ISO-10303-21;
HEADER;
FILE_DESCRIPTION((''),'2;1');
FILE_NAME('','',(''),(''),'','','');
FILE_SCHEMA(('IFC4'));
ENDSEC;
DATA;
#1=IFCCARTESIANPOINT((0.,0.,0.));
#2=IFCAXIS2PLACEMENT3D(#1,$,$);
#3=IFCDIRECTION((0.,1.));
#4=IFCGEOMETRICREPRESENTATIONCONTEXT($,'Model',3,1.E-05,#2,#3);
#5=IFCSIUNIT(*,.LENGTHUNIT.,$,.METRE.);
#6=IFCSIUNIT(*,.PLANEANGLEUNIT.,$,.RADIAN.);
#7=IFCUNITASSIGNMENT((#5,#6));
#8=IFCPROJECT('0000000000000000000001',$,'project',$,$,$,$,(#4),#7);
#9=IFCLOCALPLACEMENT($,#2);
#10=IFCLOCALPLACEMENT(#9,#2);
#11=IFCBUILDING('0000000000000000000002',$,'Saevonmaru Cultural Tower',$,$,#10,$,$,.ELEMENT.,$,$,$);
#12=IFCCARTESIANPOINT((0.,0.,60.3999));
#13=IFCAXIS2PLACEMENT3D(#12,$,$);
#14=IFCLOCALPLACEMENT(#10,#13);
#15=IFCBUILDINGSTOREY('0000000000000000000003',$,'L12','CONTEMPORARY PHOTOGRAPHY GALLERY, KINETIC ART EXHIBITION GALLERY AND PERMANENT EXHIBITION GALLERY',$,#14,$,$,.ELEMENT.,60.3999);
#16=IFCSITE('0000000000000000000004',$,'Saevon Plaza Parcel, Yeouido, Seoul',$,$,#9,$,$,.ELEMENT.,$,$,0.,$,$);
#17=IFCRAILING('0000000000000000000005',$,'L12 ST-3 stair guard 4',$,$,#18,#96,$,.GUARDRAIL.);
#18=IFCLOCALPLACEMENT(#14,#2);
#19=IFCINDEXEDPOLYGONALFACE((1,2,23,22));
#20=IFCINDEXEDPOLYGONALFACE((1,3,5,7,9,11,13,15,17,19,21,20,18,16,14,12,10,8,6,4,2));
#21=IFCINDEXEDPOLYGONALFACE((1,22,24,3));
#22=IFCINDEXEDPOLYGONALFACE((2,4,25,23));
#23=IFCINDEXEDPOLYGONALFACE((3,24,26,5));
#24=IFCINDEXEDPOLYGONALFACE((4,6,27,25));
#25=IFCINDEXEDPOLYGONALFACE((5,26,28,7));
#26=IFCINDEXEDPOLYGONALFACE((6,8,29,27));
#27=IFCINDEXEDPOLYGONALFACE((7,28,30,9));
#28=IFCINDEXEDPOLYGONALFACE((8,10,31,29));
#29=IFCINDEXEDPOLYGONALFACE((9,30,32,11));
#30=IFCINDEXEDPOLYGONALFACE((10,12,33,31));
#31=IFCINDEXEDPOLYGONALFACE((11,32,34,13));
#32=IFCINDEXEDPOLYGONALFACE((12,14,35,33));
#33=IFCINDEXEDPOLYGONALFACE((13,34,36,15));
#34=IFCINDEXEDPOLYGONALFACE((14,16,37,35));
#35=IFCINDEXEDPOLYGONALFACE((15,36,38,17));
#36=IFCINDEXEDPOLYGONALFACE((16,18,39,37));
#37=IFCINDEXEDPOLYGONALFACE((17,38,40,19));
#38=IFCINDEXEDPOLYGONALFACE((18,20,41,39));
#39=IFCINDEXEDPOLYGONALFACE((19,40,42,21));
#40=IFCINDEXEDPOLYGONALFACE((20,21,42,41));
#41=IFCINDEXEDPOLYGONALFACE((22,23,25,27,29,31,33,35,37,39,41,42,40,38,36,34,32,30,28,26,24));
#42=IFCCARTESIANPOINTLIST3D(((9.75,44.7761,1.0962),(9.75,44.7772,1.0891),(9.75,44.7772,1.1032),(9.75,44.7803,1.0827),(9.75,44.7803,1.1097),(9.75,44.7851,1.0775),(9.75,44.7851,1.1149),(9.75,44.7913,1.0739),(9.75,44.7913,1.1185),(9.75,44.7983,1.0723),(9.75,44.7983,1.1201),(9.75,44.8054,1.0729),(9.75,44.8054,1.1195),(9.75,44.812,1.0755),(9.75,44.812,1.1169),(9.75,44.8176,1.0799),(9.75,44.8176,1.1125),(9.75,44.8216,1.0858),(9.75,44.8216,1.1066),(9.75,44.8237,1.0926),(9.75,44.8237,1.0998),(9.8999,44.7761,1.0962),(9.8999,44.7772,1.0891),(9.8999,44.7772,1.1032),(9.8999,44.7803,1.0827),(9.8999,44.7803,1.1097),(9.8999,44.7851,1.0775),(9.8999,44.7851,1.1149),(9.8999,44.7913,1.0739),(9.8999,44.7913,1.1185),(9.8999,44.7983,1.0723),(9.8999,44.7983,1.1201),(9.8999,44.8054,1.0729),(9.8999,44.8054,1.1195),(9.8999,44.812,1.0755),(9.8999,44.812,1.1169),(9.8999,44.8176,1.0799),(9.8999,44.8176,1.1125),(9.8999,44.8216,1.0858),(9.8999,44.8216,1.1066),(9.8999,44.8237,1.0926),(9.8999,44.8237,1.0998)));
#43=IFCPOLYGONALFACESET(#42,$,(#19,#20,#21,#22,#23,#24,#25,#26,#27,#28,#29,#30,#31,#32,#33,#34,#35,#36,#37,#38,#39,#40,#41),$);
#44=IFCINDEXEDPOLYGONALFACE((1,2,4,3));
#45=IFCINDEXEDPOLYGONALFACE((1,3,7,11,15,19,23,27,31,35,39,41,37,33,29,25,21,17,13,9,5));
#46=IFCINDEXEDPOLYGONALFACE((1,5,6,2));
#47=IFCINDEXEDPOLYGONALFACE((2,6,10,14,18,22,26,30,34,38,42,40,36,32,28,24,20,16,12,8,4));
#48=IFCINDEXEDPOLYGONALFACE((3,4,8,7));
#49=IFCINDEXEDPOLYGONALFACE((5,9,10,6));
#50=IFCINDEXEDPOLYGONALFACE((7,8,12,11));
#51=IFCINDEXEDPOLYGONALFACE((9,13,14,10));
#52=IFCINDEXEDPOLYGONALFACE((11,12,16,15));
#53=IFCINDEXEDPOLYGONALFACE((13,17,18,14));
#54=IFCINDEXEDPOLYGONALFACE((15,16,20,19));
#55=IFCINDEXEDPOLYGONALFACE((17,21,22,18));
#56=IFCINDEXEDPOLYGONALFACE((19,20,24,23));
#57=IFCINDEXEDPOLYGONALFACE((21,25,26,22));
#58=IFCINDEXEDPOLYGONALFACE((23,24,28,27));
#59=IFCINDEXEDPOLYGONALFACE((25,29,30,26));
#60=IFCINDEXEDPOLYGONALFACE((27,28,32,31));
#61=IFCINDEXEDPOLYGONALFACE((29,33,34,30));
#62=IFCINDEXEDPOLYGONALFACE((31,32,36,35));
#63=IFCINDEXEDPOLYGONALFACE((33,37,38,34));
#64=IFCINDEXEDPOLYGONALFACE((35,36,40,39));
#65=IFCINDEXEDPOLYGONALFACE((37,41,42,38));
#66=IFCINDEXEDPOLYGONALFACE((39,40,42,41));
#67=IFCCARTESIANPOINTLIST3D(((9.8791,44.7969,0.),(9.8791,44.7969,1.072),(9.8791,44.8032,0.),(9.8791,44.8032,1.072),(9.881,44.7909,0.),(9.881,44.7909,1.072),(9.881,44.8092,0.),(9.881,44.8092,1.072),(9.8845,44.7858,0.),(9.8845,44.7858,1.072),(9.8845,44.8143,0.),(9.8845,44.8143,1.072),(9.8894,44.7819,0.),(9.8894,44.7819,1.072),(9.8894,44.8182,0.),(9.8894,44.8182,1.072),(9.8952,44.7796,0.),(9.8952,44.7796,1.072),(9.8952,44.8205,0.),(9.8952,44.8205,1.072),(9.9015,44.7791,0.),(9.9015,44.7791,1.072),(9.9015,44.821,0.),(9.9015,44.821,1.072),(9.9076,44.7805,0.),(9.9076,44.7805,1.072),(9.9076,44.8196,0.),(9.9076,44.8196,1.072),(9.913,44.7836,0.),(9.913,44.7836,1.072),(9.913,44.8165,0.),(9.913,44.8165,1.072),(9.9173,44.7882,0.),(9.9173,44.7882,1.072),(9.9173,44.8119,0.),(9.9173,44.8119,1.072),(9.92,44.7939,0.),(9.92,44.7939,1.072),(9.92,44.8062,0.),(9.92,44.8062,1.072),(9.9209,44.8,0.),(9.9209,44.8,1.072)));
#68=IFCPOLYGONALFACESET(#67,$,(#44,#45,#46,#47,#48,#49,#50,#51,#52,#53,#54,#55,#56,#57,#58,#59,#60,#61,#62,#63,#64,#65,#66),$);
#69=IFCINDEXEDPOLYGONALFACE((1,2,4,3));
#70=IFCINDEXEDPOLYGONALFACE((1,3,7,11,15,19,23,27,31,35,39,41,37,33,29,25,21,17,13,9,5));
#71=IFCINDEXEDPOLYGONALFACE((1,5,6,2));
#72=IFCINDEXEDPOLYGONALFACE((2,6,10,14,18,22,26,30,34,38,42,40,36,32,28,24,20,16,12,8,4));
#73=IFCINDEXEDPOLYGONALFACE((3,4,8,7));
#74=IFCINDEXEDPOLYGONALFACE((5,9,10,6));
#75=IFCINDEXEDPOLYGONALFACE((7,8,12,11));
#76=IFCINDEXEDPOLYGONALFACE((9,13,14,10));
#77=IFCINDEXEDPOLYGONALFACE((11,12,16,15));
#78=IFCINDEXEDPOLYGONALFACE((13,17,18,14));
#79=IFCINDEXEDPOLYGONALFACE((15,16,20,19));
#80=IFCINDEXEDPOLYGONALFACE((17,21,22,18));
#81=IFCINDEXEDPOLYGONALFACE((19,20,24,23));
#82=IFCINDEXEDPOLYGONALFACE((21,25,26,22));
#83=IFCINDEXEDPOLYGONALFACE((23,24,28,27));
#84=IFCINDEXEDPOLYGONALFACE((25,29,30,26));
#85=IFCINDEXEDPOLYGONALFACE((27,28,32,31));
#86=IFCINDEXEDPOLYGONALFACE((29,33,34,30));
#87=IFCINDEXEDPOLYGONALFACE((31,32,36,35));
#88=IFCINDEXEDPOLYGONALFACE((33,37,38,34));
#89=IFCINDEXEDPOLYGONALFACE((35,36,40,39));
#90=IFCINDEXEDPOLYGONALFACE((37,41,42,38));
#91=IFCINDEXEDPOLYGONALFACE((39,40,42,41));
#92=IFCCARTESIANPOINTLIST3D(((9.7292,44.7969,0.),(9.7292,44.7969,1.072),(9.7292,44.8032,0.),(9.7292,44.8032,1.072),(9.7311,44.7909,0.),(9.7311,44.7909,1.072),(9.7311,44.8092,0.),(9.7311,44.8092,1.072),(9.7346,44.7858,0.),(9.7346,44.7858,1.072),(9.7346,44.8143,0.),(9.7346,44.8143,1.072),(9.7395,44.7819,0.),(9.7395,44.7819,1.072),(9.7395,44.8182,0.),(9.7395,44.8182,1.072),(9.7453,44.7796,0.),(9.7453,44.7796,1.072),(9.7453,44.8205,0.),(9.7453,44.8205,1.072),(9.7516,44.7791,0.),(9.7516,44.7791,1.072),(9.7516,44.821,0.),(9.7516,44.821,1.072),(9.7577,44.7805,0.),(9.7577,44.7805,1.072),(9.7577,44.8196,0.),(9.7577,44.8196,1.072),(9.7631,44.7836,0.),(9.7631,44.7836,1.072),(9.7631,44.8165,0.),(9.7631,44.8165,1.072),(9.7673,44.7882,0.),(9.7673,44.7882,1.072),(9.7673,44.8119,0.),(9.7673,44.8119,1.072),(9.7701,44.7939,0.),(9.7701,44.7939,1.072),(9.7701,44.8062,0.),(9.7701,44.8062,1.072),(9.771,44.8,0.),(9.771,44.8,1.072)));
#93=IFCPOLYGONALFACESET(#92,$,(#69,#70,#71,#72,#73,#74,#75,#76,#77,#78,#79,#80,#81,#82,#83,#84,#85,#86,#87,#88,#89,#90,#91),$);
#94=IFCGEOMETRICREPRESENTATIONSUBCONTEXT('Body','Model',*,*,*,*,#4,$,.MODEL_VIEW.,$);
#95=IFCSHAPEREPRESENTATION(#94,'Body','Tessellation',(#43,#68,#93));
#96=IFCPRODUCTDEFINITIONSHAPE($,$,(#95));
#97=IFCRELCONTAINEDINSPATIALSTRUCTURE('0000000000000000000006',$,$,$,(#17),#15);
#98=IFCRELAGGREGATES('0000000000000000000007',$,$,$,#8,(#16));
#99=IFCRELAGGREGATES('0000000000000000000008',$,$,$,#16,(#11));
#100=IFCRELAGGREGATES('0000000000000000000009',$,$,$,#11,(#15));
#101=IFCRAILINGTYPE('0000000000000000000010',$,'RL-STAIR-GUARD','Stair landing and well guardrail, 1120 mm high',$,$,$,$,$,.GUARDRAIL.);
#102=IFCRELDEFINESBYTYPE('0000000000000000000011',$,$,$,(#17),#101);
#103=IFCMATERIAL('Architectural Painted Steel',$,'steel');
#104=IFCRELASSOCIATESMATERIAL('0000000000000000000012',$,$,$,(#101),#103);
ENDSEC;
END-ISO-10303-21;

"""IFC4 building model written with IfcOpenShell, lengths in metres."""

from ifc_helpers import new_model, si_unit, direction, frame, origin, origin_2d, place, context, subcontext, project, spatial, circle, extrude, material, type_object, element, save


model = new_model("IFC4")

# Units and contexts
model_context = context("Model", 3, precision=1e-05, world=origin(), true_north=direction((0.0, 1.0)))
body_context = subcontext(model_context, "Body", "Model", "MODEL_VIEW")
ifc_project = project(units=[si_unit("LENGTHUNIT", "METRE"), si_unit("PLANEANGLEUNIT", "RADIAN")], contexts=[model_context])

# Site, building, storey
site_placement = place(None, origin())
site = spatial("IfcSite", under=ifc_project, at=site_placement, Name="Saevon Plaza Parcel, Yeouido, Seoul", CompositionType="ELEMENT", RefElevation=0.0)
building_placement = place(site_placement, origin())
building = spatial("IfcBuilding", under=site, at=building_placement, Name="Saevonmaru Cultural Tower", CompositionType="ELEMENT")
storey_placement = place(building_placement, frame((0.0, 0.0, 60.3999)))
storey = spatial("IfcBuildingStorey", under=building, at=storey_placement, Name="L12", Description="CONTEMPORARY PHOTOGRAPHY GALLERY, KINETIC ART EXHIBITION GALLERY AND PERMANENT EXHIBITION GALLERY", CompositionType="ELEMENT", Elevation=60.3999)

# Railing
ifc_material_1 = material(Name="Architectural Painted Steel", Category="steel")
railing_type_1 = type_object("IfcRailingType", Name="RL-STAIR-GUARD", Description="Stair landing and well guardrail, 1120 mm high", PredefinedType="GUARDRAIL", material=ifc_material_1)
railing_1_placement = place(storey_placement, frame((9.8999, 44.8, 0.0)))
element("IfcRailing", 1, at=railing_1_placement, inside=storey, type_object=railing_type_1, Name="L12 ST-3 stair guard 4", PredefinedType="GUARDRAIL", context=body_context, shape_type="SweptSolid", body=[
    extrude(circle(Radius=0.0239, at=origin_2d()), frame((0.0, 0.0, 1.0962), z_axis=(-1.0, 0.0, 0.0), x_axis=(0.0, -1.0, 0.0)), (0.0, 0.0, 1.0), 0.1499),
    extrude(circle(Radius=0.021, at=origin_2d()), origin(), (0.0, 0.0, 1.0), 1.072),
    extrude(circle(Radius=0.021, at=origin_2d()), frame((-0.1499, 0.0, 0.0)), (0.0, 0.0, 1.0), 1.072),
])

save(model, "model.ifc")
